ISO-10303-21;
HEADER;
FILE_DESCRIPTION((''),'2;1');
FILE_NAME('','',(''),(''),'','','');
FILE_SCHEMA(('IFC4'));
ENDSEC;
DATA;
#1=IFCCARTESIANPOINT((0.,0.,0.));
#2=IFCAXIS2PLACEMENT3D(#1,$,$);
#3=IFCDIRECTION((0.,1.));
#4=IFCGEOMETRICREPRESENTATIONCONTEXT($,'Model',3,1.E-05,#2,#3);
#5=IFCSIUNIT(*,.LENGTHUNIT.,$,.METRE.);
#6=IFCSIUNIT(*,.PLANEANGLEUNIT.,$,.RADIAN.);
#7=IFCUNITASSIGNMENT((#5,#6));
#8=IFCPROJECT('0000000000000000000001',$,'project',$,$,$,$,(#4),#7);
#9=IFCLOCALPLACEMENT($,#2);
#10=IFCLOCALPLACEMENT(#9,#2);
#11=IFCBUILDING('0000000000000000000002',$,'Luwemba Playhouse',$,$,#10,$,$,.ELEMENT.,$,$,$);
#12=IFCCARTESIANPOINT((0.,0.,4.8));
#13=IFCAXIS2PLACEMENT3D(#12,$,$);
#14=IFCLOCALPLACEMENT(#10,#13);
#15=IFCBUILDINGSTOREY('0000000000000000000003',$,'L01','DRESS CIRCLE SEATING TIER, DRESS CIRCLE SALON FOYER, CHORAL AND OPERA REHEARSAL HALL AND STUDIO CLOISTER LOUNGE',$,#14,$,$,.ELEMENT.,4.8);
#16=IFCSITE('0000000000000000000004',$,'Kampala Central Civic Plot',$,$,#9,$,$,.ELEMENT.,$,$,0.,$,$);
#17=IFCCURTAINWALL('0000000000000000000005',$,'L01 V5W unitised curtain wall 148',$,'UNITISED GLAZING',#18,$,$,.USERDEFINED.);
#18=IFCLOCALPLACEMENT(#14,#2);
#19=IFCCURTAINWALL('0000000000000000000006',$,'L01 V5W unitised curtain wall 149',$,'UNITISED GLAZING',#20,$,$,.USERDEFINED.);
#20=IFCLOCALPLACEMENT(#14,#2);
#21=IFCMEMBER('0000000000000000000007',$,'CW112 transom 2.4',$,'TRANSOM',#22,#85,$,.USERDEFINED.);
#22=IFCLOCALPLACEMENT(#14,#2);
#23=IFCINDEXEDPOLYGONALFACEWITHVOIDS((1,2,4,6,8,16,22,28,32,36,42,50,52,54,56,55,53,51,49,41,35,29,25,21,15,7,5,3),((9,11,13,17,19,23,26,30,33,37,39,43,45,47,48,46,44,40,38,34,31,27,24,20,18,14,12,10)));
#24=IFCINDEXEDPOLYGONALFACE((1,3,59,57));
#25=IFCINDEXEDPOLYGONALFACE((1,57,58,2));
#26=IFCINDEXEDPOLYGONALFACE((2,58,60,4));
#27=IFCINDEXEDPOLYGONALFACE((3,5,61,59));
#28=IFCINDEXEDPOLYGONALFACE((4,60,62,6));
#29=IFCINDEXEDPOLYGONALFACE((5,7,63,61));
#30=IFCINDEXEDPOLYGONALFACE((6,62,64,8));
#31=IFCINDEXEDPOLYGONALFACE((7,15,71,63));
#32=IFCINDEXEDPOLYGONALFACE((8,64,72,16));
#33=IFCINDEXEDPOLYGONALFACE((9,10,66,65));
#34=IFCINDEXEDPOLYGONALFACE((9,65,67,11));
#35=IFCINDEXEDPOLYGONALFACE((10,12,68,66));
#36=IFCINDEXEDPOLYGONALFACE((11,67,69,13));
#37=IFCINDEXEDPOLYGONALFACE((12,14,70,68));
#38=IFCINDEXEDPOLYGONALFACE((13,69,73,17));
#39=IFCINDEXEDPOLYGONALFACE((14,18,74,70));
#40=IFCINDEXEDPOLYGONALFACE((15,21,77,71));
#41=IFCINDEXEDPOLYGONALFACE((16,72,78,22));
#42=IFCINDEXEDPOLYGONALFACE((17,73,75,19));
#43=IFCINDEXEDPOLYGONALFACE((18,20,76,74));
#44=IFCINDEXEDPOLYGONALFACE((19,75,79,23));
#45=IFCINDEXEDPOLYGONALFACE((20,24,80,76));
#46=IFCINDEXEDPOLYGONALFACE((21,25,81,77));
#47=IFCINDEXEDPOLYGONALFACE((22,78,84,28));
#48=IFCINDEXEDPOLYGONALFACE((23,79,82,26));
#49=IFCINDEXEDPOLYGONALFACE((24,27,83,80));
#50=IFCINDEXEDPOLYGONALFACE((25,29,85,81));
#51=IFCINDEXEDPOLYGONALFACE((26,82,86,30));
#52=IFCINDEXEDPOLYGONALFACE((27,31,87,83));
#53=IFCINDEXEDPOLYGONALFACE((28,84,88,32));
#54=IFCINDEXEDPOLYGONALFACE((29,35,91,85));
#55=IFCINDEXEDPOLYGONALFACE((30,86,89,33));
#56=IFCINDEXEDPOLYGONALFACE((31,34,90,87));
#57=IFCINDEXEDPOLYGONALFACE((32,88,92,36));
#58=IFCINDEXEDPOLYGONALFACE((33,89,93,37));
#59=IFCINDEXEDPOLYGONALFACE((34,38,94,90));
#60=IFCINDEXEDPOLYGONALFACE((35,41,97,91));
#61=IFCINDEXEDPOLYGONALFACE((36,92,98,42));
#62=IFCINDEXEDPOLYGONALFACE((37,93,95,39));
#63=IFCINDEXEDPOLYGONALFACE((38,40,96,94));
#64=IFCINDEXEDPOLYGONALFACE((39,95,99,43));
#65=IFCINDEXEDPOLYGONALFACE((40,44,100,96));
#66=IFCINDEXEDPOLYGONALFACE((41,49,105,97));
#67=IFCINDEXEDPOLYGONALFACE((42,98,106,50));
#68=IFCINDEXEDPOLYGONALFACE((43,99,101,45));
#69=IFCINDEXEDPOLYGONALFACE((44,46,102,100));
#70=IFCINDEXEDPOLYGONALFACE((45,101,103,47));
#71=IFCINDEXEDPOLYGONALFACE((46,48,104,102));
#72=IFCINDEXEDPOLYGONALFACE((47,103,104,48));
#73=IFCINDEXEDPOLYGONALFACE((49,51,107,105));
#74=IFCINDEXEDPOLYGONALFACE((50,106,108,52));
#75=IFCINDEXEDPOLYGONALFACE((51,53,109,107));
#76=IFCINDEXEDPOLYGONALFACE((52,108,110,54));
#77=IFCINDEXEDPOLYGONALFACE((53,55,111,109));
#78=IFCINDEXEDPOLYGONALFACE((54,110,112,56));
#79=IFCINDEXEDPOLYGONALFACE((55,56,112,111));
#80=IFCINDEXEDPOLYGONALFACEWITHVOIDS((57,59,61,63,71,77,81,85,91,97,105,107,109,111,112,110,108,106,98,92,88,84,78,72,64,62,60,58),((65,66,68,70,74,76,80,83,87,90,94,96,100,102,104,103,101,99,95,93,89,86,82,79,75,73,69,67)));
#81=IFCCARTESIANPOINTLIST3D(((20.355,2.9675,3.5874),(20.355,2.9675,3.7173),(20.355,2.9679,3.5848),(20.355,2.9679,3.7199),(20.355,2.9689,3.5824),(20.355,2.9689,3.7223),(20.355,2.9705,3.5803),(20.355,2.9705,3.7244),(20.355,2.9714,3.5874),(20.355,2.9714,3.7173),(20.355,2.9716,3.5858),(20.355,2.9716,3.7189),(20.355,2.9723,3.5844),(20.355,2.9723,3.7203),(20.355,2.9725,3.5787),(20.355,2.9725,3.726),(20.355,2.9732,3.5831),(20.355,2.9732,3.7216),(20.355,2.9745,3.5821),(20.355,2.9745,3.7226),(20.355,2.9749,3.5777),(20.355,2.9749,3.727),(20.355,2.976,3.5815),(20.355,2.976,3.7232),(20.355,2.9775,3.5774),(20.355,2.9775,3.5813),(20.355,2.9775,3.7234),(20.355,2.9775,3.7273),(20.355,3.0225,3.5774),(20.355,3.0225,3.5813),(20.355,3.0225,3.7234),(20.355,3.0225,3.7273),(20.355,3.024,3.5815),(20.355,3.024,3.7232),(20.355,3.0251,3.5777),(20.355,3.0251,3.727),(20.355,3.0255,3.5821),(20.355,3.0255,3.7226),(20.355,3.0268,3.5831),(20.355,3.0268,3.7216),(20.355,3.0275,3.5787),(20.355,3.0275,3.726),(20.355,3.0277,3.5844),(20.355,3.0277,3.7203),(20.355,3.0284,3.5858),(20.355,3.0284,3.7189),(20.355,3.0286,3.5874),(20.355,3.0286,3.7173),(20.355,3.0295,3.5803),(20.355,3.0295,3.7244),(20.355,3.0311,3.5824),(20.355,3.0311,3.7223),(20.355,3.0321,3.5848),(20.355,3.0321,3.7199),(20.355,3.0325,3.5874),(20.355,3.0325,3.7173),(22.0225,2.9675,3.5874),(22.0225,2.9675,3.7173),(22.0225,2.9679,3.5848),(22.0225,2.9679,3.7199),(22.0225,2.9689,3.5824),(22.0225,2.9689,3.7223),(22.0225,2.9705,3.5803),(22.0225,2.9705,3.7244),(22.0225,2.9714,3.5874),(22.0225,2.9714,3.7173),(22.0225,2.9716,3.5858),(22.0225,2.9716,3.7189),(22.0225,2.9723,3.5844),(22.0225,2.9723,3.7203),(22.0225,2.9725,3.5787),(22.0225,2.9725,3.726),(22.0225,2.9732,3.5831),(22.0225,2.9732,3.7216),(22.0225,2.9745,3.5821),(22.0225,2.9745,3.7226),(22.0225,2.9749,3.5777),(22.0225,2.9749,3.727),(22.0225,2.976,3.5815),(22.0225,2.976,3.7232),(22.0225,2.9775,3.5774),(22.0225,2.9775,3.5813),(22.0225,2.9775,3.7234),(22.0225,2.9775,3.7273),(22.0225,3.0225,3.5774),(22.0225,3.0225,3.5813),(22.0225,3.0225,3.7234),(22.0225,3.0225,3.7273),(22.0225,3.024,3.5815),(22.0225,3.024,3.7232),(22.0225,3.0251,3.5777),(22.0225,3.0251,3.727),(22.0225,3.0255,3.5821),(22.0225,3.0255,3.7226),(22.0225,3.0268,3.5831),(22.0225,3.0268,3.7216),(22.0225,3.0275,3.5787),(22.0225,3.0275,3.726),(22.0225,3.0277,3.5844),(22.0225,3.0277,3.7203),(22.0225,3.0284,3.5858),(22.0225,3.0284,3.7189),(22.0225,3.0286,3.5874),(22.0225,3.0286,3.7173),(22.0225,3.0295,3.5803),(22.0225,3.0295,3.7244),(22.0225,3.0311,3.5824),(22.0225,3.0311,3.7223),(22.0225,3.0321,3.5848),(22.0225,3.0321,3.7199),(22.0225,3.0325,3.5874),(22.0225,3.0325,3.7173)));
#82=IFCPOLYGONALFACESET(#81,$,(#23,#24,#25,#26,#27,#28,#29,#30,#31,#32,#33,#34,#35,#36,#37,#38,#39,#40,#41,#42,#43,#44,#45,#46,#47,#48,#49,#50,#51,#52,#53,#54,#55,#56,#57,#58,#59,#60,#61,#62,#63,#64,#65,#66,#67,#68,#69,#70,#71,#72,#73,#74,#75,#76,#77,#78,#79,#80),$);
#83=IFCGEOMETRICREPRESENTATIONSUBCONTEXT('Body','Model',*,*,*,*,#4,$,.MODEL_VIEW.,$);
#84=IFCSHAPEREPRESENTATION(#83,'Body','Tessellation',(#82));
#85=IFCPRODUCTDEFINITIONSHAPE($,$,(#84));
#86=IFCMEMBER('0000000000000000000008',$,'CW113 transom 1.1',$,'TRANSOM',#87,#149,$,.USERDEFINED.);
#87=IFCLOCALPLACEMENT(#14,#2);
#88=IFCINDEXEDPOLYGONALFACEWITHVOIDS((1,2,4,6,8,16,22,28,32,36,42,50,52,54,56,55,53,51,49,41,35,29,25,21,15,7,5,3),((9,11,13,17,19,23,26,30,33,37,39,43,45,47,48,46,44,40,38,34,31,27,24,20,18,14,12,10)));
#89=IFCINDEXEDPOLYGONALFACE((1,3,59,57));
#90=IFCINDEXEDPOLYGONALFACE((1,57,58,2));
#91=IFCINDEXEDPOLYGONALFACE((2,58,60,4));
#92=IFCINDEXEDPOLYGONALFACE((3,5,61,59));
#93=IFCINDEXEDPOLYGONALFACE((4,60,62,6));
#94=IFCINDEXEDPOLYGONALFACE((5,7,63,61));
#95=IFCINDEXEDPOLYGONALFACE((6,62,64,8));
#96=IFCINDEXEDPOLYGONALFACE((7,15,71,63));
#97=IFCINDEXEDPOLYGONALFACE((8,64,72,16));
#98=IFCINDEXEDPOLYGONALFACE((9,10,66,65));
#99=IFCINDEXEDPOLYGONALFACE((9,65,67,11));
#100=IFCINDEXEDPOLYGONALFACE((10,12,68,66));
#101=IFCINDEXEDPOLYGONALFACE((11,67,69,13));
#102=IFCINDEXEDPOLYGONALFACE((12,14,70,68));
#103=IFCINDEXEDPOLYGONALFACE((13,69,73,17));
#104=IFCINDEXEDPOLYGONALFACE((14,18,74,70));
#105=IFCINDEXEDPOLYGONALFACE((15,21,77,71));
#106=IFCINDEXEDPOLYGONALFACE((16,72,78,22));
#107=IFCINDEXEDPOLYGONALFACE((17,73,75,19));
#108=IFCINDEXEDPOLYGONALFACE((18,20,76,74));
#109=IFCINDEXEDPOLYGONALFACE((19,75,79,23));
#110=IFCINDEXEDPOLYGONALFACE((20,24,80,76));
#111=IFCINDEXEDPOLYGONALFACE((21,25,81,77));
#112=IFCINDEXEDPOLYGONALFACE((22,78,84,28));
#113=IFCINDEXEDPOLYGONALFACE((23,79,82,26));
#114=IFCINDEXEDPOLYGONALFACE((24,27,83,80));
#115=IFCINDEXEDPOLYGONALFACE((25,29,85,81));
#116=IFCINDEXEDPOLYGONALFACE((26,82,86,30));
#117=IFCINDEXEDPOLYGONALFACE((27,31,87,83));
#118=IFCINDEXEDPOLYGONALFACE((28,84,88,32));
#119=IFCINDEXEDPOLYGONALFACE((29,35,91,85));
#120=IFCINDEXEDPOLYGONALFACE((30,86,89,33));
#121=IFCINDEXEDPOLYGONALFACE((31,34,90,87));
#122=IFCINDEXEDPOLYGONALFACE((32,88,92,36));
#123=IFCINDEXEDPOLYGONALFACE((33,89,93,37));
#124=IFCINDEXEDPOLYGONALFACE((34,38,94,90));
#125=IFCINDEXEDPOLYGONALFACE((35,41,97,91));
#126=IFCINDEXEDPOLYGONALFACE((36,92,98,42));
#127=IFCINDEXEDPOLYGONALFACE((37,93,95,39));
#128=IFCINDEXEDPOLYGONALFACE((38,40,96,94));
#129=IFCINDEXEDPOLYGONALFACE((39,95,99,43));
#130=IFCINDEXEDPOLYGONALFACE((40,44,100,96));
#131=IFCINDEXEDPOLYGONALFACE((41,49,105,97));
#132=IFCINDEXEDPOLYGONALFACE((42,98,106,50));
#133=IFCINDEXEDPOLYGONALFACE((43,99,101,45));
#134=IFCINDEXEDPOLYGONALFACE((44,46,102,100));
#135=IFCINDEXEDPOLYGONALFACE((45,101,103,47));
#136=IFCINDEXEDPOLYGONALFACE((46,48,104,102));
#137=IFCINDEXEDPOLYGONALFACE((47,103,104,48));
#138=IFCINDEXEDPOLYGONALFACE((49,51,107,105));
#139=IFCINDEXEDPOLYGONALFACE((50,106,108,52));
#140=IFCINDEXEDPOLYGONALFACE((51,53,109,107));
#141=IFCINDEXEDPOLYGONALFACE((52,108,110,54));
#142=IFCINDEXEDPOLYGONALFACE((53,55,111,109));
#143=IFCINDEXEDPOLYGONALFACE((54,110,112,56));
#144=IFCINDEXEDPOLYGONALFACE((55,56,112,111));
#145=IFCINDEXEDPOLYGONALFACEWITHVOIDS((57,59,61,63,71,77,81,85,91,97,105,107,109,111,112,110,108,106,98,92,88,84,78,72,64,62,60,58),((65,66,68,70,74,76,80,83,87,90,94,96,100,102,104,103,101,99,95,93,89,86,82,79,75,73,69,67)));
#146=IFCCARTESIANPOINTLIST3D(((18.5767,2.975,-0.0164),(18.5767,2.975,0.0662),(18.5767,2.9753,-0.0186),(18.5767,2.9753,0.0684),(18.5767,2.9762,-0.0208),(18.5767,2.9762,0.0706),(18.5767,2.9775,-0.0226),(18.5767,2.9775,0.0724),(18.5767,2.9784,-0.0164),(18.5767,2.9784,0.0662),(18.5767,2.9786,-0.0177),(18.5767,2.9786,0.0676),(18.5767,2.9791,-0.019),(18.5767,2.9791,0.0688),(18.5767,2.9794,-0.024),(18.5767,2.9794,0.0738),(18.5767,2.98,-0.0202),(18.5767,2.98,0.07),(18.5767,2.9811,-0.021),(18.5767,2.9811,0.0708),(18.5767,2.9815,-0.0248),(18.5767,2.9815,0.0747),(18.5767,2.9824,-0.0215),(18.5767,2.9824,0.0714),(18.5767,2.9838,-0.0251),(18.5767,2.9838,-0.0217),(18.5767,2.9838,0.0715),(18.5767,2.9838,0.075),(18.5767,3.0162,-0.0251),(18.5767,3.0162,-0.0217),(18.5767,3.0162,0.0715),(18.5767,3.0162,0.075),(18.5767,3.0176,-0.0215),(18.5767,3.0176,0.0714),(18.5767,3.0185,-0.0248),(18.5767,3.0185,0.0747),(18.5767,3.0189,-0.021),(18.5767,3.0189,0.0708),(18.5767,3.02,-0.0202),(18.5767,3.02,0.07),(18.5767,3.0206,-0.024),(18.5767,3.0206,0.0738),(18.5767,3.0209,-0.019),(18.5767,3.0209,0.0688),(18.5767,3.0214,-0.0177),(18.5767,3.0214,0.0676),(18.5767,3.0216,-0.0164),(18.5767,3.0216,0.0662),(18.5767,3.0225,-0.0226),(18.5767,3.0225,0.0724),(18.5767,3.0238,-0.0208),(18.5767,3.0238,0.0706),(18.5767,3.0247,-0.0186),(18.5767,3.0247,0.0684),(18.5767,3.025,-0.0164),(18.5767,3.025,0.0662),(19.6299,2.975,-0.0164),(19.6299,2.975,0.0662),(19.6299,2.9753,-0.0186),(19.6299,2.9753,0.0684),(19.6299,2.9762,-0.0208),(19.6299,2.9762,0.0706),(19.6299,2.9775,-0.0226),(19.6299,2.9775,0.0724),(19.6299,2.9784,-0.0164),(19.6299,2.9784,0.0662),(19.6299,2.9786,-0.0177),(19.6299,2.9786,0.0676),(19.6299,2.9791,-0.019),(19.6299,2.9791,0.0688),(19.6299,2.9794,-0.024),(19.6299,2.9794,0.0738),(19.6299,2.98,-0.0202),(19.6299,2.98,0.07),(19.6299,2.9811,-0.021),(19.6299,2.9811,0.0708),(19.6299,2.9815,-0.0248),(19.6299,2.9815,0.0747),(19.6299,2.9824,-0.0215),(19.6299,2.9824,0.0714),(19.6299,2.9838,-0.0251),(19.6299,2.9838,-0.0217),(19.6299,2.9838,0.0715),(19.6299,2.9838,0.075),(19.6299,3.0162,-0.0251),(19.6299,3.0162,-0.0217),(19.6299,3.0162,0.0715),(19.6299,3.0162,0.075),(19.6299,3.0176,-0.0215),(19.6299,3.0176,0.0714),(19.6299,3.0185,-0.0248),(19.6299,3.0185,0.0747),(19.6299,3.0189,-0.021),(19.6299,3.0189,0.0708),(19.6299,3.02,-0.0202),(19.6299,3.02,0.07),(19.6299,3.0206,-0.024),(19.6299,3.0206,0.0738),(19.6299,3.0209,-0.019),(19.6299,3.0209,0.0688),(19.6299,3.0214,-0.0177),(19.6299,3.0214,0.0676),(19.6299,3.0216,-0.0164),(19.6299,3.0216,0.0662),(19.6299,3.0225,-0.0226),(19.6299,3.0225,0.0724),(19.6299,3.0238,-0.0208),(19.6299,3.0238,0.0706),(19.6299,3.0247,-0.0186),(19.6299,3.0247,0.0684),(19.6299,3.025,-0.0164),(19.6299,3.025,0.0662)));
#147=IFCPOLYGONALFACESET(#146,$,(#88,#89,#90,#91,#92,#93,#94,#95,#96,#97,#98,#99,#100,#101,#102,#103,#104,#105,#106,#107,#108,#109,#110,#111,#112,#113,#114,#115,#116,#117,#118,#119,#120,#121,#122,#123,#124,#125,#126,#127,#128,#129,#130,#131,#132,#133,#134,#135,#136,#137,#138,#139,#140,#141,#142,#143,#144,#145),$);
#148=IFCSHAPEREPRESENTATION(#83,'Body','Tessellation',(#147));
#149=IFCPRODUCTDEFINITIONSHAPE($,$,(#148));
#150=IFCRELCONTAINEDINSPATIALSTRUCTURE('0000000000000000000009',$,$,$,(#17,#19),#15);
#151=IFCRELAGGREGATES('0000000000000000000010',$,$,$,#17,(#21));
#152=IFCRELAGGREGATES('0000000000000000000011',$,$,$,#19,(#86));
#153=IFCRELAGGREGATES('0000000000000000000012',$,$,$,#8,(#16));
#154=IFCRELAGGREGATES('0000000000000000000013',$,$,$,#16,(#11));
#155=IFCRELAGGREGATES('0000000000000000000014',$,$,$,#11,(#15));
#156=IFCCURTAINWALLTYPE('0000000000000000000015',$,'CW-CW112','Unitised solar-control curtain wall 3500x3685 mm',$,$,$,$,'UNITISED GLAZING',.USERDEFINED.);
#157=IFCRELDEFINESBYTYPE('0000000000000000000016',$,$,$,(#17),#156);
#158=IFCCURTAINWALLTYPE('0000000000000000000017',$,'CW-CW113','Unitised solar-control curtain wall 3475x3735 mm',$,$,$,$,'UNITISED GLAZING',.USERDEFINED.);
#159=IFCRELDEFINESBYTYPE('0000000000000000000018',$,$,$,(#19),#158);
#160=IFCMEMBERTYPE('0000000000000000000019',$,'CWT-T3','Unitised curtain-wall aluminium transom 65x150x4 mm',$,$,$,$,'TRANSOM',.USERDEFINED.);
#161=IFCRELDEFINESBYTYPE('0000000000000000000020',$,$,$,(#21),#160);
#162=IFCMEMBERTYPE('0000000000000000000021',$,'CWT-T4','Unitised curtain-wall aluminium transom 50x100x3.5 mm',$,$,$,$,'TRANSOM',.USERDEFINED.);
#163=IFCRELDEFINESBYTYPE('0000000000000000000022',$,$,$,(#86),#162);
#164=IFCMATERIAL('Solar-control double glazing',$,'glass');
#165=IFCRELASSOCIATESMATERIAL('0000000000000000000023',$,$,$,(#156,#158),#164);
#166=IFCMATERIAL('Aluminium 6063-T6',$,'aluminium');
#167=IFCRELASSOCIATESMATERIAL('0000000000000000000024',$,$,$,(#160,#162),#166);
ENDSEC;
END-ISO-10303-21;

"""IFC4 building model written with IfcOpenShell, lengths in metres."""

from ifc_helpers import new_model, si_unit, direction, frame, origin, origin_2d, place, context, subcontext, project, spatial, hollow_rectangle, extrude, material, material_profile, profile_set, type_object, element, aggregate, save


model = new_model("IFC4")

# Units and contexts
model_context = context("Model", 3, precision=1e-05, world=origin(), true_north=direction((0.0, 1.0)))
body_context = subcontext(model_context, "Body", "Model", "MODEL_VIEW")
ifc_project = project(units=[si_unit("LENGTHUNIT", "METRE"), si_unit("PLANEANGLEUNIT", "RADIAN")], contexts=[model_context])

# Site, building, storey
site_placement = place(None, origin())
site = spatial("IfcSite", under=ifc_project, at=site_placement, Name="Kampala Central Civic Plot", CompositionType="ELEMENT", RefElevation=0.0)
building_placement = place(site_placement, origin())
building = spatial("IfcBuilding", under=site, at=building_placement, Name="Luwemba Playhouse", CompositionType="ELEMENT")
storey_placement = place(building_placement, frame((0.0, 0.0, 4.8)))
storey = spatial("IfcBuildingStorey", under=building, at=storey_placement, Name="L01", Description="DRESS CIRCLE SEATING TIER, DRESS CIRCLE SALON FOYER, CHORAL AND OPERA REHEARSAL HALL AND STUDIO CLOISTER LOUNGE", CompositionType="ELEMENT", Elevation=4.8)

# Curtain walls
ifc_material_1 = material(Name="Solar-control double glazing", Category="glass")
curtain_wall_type_1 = type_object("IfcCurtainWallType", Name="CW-CW112", Description="Unitised solar-control curtain wall 3500x3685 mm", ElementType="UNITISED GLAZING", PredefinedType="USERDEFINED", material=ifc_material_1)
curtain_wall_1_placement = place(storey_placement, origin())
curtain_wall_1 = element("IfcCurtainWall", 1, at=curtain_wall_1_placement, inside=storey, type_object=curtain_wall_type_1, Name="L01 V5W unitised curtain wall 148", ObjectType="UNITISED GLAZING", PredefinedType="USERDEFINED")
ifc_material_2 = material(Name="Aluminium 6063-T6", Category="aluminium")
curtain_wall_type_2 = type_object("IfcCurtainWallType", Name="CW-CW113", Description="Unitised solar-control curtain wall 3475x3735 mm", ElementType="UNITISED GLAZING", PredefinedType="USERDEFINED", material=ifc_material_1)
curtain_wall_2_placement = place(storey_placement, origin())
curtain_wall_2 = element("IfcCurtainWall", 2, at=curtain_wall_2_placement, inside=storey, type_object=curtain_wall_type_2, Name="L01 V5W unitised curtain wall 149", ObjectType="UNITISED GLAZING", PredefinedType="USERDEFINED")

# Members
ifc_material_profile_1 = material_profile(ifc_material_2, hollow_rectangle(XDim=0.0649, YDim=0.1499, WallThickness=0.0039, InnerFilletRadius=0.0061, OuterFilletRadius=0.01, at=origin_2d()))
ifc_profile_set_1 = profile_set([ifc_material_profile_1], Name="Aluminium 6063-T6")
member_type_1 = type_object("IfcMemberType", Name="CWT-T3", Description="Unitised curtain-wall aluminium transom 65x150x4 mm", ElementType="TRANSOM", PredefinedType="USERDEFINED", material=ifc_profile_set_1)
member_1_placement = place(storey_placement, frame((22.0225, 3.0, 3.6523), z_axis=(-1.0, 0.0, 0.0), x_axis=(0.0, -1.0, 0.0)))
member_1 = element("IfcMember", 3, at=member_1_placement, type_object=member_type_1, Name="CW112 transom 2.4", ObjectType="TRANSOM", PredefinedType="USERDEFINED", context=body_context, shape_type="SweptSolid", body=[
    extrude(hollow_rectangle(XDim=0.0649, YDim=0.1499, WallThickness=0.0039, InnerFilletRadius=0.0061, OuterFilletRadius=0.01, at=origin_2d()), origin(), (0.0, 0.0, 1.0), 1.6675),
])
ifc_material_profile_2 = material_profile(ifc_material_2, hollow_rectangle(XDim=0.05, YDim=0.1001, WallThickness=0.0034, InnerFilletRadius=0.0054, OuterFilletRadius=0.0088, at=origin_2d()))
ifc_profile_set_2 = profile_set([ifc_material_profile_2], Name="Aluminium 6063-T6")
member_type_2 = type_object("IfcMemberType", Name="CWT-T4", Description="Unitised curtain-wall aluminium transom 50x100x3.5 mm", ElementType="TRANSOM", PredefinedType="USERDEFINED", material=ifc_profile_set_2)
member_2_placement = place(storey_placement, frame((19.6299, 3.0, 0.0249), z_axis=(-1.0, 0.0, 0.0), x_axis=(0.0, -1.0, 0.0)))
member_2 = element("IfcMember", 4, at=member_2_placement, type_object=member_type_2, Name="CW113 transom 1.1", ObjectType="TRANSOM", PredefinedType="USERDEFINED", context=body_context, shape_type="SweptSolid", body=[
    extrude(hollow_rectangle(XDim=0.05, YDim=0.1001, WallThickness=0.0034, InnerFilletRadius=0.0054, OuterFilletRadius=0.0088, at=origin_2d()), origin(), (0.0, 0.0, 1.0), 1.0532),
])

aggregate(curtain_wall_1, [member_1])
aggregate(curtain_wall_2, [member_2])

save(model, "model.ifc")
